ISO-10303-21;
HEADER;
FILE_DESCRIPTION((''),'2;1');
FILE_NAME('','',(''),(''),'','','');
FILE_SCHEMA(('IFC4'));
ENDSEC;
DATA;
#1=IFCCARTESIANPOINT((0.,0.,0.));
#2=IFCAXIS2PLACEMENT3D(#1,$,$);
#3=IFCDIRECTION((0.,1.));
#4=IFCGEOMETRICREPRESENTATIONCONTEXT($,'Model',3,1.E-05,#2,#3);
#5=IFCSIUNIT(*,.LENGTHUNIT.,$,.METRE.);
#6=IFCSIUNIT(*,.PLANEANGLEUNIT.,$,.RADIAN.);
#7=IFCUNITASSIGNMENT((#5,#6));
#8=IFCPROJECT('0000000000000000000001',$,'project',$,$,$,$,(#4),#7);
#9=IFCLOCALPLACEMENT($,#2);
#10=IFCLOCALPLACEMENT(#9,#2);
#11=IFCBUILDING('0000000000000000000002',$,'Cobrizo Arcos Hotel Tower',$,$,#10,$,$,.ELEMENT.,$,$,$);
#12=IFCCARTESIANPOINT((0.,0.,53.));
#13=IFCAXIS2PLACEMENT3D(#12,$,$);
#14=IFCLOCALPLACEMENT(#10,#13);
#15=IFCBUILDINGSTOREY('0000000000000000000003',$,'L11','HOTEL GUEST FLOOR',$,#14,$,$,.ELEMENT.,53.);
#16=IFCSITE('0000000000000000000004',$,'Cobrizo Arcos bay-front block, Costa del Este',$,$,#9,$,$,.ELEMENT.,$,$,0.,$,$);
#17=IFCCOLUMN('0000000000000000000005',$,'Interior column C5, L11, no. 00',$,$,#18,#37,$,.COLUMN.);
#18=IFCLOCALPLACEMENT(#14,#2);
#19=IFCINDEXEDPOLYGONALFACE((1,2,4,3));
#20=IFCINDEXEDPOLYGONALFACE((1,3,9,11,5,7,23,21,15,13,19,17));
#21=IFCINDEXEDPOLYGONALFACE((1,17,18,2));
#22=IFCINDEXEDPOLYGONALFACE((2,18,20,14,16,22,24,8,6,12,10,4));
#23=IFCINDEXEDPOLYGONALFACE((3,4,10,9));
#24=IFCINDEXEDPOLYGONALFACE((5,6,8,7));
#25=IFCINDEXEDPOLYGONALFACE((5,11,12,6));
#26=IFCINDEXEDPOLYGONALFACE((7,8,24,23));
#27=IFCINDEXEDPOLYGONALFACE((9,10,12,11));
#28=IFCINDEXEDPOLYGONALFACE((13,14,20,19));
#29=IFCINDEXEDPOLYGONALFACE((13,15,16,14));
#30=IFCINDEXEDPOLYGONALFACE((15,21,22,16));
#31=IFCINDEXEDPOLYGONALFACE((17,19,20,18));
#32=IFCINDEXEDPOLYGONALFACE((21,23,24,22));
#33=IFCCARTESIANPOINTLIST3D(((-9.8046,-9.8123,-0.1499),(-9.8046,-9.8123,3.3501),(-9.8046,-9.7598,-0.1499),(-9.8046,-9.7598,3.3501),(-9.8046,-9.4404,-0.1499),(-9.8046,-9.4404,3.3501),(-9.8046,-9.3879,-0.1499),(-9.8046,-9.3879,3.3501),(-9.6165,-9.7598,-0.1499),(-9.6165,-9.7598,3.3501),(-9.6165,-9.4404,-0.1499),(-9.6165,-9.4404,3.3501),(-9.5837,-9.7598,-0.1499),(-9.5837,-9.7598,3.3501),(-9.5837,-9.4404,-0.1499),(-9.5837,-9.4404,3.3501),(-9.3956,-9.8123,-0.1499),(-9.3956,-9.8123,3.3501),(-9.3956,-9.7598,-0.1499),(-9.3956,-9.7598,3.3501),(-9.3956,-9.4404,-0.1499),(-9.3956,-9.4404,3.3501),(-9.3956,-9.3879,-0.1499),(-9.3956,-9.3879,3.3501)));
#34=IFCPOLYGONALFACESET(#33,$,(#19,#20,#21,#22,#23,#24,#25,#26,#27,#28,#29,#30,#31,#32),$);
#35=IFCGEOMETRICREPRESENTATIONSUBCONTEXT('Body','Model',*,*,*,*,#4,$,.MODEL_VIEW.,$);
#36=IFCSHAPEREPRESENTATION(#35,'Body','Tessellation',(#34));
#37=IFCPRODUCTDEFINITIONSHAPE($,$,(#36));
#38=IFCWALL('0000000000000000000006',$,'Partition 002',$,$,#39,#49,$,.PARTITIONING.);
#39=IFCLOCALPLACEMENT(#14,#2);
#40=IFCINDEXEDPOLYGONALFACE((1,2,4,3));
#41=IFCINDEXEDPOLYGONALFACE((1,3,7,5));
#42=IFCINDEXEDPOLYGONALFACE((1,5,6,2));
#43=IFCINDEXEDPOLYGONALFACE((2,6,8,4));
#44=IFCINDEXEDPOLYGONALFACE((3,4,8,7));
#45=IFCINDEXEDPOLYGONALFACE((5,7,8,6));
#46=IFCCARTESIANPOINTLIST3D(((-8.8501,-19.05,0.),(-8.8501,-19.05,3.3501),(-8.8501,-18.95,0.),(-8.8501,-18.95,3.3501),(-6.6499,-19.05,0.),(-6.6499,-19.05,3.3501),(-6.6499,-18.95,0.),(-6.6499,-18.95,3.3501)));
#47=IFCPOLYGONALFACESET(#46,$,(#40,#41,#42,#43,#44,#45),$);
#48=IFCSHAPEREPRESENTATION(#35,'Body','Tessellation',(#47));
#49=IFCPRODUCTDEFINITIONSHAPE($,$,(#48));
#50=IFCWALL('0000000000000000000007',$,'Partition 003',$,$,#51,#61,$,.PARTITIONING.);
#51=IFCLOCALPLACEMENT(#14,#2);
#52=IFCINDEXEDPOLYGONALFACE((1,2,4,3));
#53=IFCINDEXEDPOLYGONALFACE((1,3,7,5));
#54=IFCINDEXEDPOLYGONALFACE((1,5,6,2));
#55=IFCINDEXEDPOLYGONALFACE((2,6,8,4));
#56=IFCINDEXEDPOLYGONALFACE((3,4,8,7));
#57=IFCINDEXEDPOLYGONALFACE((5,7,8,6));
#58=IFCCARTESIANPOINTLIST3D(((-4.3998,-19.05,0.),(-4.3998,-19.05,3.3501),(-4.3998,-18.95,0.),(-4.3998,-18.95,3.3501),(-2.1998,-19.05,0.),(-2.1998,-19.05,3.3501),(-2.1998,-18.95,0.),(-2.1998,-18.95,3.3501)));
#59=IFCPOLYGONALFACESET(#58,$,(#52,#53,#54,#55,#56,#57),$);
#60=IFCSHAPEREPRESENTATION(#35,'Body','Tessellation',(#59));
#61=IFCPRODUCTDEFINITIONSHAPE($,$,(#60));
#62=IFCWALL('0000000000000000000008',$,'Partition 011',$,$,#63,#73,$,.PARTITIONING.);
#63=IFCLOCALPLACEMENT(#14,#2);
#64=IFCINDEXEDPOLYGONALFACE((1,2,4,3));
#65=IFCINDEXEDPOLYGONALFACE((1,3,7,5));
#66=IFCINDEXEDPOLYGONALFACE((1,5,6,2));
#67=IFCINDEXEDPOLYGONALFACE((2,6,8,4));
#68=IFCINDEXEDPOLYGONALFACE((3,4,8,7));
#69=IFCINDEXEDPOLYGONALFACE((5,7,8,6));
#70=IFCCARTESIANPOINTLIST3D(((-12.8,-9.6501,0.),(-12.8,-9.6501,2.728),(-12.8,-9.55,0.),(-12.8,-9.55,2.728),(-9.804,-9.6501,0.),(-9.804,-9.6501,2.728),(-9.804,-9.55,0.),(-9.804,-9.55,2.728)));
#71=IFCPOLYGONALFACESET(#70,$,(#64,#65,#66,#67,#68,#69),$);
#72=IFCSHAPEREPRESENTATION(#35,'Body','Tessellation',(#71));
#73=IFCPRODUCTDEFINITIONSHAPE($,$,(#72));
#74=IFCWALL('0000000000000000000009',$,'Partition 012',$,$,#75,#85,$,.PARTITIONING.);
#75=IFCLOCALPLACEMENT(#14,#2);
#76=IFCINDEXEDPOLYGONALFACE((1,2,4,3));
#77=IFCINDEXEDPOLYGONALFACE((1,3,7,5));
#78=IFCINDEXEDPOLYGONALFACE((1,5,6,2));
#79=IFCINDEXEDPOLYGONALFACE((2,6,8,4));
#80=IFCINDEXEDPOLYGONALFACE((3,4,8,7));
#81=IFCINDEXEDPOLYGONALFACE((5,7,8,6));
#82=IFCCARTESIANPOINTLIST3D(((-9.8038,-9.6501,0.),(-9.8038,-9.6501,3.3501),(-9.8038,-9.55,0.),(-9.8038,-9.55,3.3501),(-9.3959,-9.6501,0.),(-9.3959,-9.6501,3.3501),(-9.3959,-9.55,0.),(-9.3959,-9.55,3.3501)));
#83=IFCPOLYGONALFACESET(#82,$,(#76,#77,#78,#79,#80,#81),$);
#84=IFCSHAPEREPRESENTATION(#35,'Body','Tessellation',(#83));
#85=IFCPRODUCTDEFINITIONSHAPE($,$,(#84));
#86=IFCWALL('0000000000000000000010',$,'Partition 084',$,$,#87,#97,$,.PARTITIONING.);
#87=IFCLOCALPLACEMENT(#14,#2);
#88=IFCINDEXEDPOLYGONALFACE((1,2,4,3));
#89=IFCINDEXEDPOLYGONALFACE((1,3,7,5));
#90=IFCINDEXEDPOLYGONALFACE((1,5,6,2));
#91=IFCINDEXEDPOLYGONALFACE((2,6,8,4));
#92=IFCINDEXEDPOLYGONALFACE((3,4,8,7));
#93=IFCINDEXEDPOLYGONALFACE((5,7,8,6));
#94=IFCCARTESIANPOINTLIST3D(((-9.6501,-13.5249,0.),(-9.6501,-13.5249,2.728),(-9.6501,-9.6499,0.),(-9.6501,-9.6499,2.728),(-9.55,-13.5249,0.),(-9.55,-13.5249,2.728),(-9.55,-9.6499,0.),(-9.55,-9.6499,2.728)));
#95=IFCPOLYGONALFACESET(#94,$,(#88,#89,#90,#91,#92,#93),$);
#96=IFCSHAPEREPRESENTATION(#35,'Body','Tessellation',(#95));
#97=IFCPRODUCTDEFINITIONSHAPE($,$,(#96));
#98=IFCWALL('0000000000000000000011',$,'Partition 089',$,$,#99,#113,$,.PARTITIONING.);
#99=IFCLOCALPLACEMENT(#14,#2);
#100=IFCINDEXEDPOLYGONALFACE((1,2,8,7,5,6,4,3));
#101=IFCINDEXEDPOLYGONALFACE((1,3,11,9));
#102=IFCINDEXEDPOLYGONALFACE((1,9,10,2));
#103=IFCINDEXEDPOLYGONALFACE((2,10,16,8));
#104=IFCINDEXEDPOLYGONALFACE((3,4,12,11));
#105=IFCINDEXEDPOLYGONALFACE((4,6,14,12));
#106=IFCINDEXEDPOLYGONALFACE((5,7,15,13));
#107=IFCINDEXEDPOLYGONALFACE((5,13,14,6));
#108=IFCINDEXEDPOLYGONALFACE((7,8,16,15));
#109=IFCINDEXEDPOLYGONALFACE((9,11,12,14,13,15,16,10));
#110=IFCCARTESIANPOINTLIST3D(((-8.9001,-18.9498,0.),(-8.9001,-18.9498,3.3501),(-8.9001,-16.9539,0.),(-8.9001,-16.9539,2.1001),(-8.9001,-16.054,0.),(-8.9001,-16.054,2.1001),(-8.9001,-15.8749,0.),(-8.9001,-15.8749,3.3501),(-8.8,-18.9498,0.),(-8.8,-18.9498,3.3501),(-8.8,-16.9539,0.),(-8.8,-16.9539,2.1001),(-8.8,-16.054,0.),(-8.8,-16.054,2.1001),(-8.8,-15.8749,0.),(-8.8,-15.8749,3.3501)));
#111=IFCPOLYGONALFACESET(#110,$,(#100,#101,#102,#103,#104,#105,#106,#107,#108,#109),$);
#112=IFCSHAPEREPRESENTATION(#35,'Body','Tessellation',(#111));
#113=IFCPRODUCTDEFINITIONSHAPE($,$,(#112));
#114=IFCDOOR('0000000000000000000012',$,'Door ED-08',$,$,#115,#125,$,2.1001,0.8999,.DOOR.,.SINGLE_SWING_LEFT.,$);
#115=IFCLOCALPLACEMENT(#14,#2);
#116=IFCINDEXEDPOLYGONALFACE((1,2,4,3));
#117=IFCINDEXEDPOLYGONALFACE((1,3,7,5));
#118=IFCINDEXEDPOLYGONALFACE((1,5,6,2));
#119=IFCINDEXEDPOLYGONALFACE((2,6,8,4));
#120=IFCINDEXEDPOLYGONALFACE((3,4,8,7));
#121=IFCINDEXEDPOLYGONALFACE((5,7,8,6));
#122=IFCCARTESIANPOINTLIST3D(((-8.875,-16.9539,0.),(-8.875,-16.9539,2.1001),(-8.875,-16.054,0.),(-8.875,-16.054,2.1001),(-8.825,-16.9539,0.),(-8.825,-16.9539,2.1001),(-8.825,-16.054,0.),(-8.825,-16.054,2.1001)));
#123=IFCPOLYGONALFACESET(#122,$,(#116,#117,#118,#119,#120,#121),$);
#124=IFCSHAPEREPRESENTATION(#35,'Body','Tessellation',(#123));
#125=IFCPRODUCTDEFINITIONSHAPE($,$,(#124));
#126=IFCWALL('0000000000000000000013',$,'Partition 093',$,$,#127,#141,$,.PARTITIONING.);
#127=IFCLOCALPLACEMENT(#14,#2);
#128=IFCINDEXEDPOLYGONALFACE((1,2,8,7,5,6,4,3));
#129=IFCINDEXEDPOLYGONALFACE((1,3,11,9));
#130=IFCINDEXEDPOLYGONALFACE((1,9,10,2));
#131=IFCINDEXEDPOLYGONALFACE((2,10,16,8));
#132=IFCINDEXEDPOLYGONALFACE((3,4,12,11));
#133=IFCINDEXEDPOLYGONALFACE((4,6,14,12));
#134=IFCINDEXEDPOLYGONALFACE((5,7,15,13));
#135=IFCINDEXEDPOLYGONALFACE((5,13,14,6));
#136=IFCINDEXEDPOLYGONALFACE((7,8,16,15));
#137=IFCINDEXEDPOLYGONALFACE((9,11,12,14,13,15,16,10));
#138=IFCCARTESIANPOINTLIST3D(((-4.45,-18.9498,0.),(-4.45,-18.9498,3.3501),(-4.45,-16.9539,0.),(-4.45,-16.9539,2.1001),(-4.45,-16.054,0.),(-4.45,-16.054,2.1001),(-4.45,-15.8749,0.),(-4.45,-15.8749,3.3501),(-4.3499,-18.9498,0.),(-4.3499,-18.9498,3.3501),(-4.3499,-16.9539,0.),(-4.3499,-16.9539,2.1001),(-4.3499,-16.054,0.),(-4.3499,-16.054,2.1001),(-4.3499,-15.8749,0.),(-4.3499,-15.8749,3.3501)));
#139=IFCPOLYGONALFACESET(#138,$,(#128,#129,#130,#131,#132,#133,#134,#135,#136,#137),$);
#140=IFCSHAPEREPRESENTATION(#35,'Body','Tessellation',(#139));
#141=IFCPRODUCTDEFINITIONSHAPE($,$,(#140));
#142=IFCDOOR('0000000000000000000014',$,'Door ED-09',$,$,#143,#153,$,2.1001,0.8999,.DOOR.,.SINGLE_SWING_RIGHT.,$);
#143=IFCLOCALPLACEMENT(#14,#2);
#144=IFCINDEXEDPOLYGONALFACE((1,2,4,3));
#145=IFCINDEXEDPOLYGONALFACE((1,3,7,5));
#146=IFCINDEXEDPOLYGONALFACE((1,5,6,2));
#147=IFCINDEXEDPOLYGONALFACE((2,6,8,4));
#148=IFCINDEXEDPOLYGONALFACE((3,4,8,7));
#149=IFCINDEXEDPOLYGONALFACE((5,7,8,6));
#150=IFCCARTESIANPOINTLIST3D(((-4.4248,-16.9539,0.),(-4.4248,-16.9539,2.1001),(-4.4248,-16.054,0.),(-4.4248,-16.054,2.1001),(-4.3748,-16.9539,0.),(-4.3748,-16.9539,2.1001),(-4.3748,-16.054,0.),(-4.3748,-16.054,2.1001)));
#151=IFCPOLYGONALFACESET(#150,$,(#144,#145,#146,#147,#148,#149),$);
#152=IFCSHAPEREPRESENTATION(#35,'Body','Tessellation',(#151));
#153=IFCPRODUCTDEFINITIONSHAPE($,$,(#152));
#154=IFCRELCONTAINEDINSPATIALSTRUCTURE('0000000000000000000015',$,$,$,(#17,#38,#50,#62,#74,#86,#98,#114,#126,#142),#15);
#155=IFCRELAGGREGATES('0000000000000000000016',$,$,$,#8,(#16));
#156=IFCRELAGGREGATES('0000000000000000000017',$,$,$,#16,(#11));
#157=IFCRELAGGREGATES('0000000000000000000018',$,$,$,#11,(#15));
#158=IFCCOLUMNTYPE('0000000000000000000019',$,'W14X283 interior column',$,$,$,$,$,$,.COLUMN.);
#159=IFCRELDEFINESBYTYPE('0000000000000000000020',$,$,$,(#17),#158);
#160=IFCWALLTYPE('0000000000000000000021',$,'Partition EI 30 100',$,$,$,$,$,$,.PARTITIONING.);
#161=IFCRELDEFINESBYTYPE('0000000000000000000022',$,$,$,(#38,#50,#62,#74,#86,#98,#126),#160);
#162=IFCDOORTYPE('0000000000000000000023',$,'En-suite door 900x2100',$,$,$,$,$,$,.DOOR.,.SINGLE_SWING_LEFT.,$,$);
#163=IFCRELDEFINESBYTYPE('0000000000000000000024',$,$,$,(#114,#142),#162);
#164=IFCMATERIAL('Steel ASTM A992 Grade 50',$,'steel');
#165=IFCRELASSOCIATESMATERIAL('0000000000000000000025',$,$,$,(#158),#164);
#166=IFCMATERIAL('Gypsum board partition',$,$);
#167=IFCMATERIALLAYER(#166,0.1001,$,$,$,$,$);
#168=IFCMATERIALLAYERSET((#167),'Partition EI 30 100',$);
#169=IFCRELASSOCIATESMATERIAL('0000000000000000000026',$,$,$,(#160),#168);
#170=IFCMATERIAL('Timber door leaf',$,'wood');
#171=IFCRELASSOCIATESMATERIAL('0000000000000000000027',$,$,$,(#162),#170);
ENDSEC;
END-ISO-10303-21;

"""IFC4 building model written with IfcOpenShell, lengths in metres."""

from ifc_helpers import new_model, si_unit, direction, frame, frame_2d, origin, origin_2d, place, context, subcontext, project, spatial, rectangle, i_section, extrude, material, layer, layer_set, material_profile, profile_set, type_object, element, fill, save


model = new_model("IFC4")

# Units and contexts
model_context = context("Model", 3, precision=1e-05, world=origin(), true_north=direction((0.0, 1.0)))
body_context = subcontext(model_context, "Body", "Model", "MODEL_VIEW")
ifc_project = project(units=[si_unit("LENGTHUNIT", "METRE"), si_unit("PLANEANGLEUNIT", "RADIAN")], contexts=[model_context])

# Site, building, storey
site_placement = place(None, origin())
site = spatial("IfcSite", under=ifc_project, at=site_placement, Name="Cobrizo Arcos bay-front block, Costa del Este", CompositionType="ELEMENT", RefElevation=0.0)
building_placement = place(site_placement, origin())
building = spatial("IfcBuilding", under=site, at=building_placement, Name="Cobrizo Arcos Hotel Tower", CompositionType="ELEMENT")
storey_placement = place(building_placement, frame((0.0, 0.0, 53.0)))
storey = spatial("IfcBuildingStorey", under=building, at=storey_placement, Name="L11", Description="HOTEL GUEST FLOOR", CompositionType="ELEMENT", Elevation=53.0)

# Column
ifc_material_1 = material(Name="Steel ASTM A992 Grade 50", Category="steel")
ifc_material_profile = material_profile(ifc_material_1, i_section(OverallWidth=0.4089, OverallDepth=0.4243, WebThickness=0.0327, FlangeThickness=0.0525, at=origin_2d()), Name="W14X283")
ifc_profile_set = profile_set([ifc_material_profile], Name="Steel ASTM A992 Grade 50")
column_type = type_object("IfcColumnType", Name="W14X283 interior column", PredefinedType="COLUMN", material=ifc_profile_set)
column_placement = place(storey_placement, frame((-9.6001, -9.6001, -0.1499), z_axis=(0.0, 0.0, 1.0), x_axis=(1.0, 0.0, 0.0)))
element("IfcColumn", 1, at=column_placement, inside=storey, type_object=column_type, Name="Interior column C5, L11, no. 00", PredefinedType="COLUMN", context=body_context, shape_type="SweptSolid", body=[
    extrude(i_section(OverallWidth=0.4089, OverallDepth=0.4243, WebThickness=0.0327, FlangeThickness=0.0525, at=origin_2d()), origin(), (0.0, 0.0, 1.0), 3.5),
])

# Walls
ifc_material_2 = material(Name="Gypsum board partition")
ifc_layer = layer(ifc_material_2, 0.1001)
ifc_layer_set = layer_set([ifc_layer], Name="Partition EI 30 100")
wall_type = type_object("IfcWallType", Name="Partition EI 30 100", PredefinedType="PARTITIONING", material=ifc_layer_set)
wall_1_placement = place(storey_placement, frame((-8.8501, -19.0, 0.0), z_axis=(0.0, 0.0, 1.0), x_axis=(1.0, 0.0, 0.0)))
element("IfcWall", 2, at=wall_1_placement, inside=storey, type_object=wall_type, Name="Partition 002", PredefinedType="PARTITIONING", context=body_context, shape_type="SweptSolid", body=[
    extrude(rectangle(XDim=2.2002, YDim=0.1001, at=frame_2d((1.1001, 0.0))), origin(), (0.0, 0.0, 1.0), 3.3501),
])
wall_2_placement = place(storey_placement, frame((-4.3999, -19.0, 0.0), z_axis=(0.0, 0.0, 1.0), x_axis=(1.0, 0.0, 0.0)))
element("IfcWall", 3, at=wall_2_placement, inside=storey, type_object=wall_type, Name="Partition 003", PredefinedType="PARTITIONING", context=body_context, shape_type="SweptSolid", body=[
    extrude(rectangle(XDim=2.2, YDim=0.1001, at=frame_2d((1.1001, 0.0))), origin(), (0.0, 0.0, 1.0), 3.3501),
])
wall_3_placement = place(storey_placement, frame((-12.8, -9.6001, 0.0), z_axis=(0.0, 0.0, 1.0), x_axis=(1.0, 0.0, 0.0)))
element("IfcWall", 4, at=wall_3_placement, inside=storey, type_object=wall_type, Name="Partition 011", PredefinedType="PARTITIONING", context=body_context, shape_type="SweptSolid", body=[
    extrude(rectangle(XDim=2.9961, YDim=0.1001, at=frame_2d((1.498, 0.0))), origin(), (0.0, 0.0, 1.0), 2.728),
])
wall_4_placement = place(storey_placement, frame((-9.804, -9.6001, 0.0), z_axis=(0.0, 0.0, 1.0), x_axis=(1.0, 0.0, 0.0)))
element("IfcWall", 5, at=wall_4_placement, inside=storey, type_object=wall_type, Name="Partition 012", PredefinedType="PARTITIONING", context=body_context, shape_type="SweptSolid", body=[
    extrude(rectangle(XDim=0.408, YDim=0.1001, at=frame_2d((0.2041, 0.0))), origin(), (0.0, 0.0, 1.0), 3.3501),
])
wall_5_placement = place(storey_placement, frame((-9.6001, -13.5249, 0.0), z_axis=(0.0, 0.0, 1.0), x_axis=(0.0, 1.0, 0.0)))
element("IfcWall", 6, at=wall_5_placement, inside=storey, type_object=wall_type, Name="Partition 084", PredefinedType="PARTITIONING", context=body_context, shape_type="SweptSolid", body=[
    extrude(rectangle(XDim=3.875, YDim=0.1001, at=frame_2d((1.9375, 0.0))), origin(), (0.0, 0.0, 1.0), 2.728),
])

# Walls, openings, doors
wall_6_placement = place(storey_placement, frame((-8.8501, -18.95, 0.0), z_axis=(0.0, 0.0, 1.0), x_axis=(0.0, 1.0, 0.0)))
wall_6 = element("IfcWall", 7, at=wall_6_placement, inside=storey, type_object=wall_type, Name="Partition 089", PredefinedType="PARTITIONING", context=body_context, shape_type="SweptSolid", body=[
    extrude(rectangle(XDim=3.075, YDim=0.1001, at=frame_2d((1.5376, 0.0))), origin(), (0.0, 0.0, 1.0), 3.3501),
])
opening_1_placement = place(wall_6_placement, frame((1.9961, 0.0, 0.0)))
opening_1 = element("IfcOpeningElement", 8, at=opening_1_placement, cuts=wall_6, PredefinedType="OPENING", context=body_context, shape_type="SweptSolid", body=[
    extrude(rectangle(XDim=0.8999, YDim=2.1001, at=frame_2d((0.45, 1.05))), frame((0.0, 0.062, 0.0), z_axis=(0.0, -1.0, 0.0), x_axis=(1.0, 0.0, 0.0)), (0.0, 0.0, 1.0), 0.124),
])
ifc_material_3 = material(Name="Timber door leaf", Category="wood")
door_type = type_object("IfcDoorType", Name="En-suite door 900x2100", OperationType="SINGLE_SWING_LEFT", PredefinedType="DOOR", material=ifc_material_3)
door_1_placement = place(opening_1_placement, origin())
door_1 = element("IfcDoor", 9, at=door_1_placement, inside=storey, type_object=door_type, Name="Door ED-08", OperationType="SINGLE_SWING_LEFT", OverallHeight=2.1001, OverallWidth=0.8999, PredefinedType="DOOR", context=body_context, shape_type="SweptSolid", body=[
    extrude(rectangle(XDim=0.8999, YDim=2.1001, at=frame_2d((0.45, 1.05))), frame((0.0, 0.0249, 0.0), z_axis=(0.0, -1.0, 0.0), x_axis=(1.0, 0.0, 0.0)), (0.0, 0.0, 1.0), 0.05),
])
fill(opening_1, door_1)
wall_7_placement = place(storey_placement, frame((-4.3999, -18.95, 0.0), z_axis=(0.0, 0.0, 1.0), x_axis=(0.0, 1.0, 0.0)))
wall_7 = element("IfcWall", 10, at=wall_7_placement, inside=storey, type_object=wall_type, Name="Partition 093", PredefinedType="PARTITIONING", context=body_context, shape_type="SweptSolid", body=[
    extrude(rectangle(XDim=3.075, YDim=0.1001, at=frame_2d((1.5376, 0.0))), origin(), (0.0, 0.0, 1.0), 3.3501),
])
opening_2_placement = place(wall_7_placement, frame((1.9961, 0.0, 0.0)))
opening_2 = element("IfcOpeningElement", 11, at=opening_2_placement, cuts=wall_7, PredefinedType="OPENING", context=body_context, shape_type="SweptSolid", body=[
    extrude(rectangle(XDim=0.8999, YDim=2.1001, at=frame_2d((0.45, 1.05))), frame((0.0, 0.062, 0.0), z_axis=(0.0, -1.0, 0.0), x_axis=(1.0, 0.0, 0.0)), (0.0, 0.0, 1.0), 0.124),
])
door_2_placement = place(opening_2_placement, origin())
door_2 = element("IfcDoor", 12, at=door_2_placement, inside=storey, type_object=door_type, Name="Door ED-09", OperationType="SINGLE_SWING_RIGHT", OverallHeight=2.1001, OverallWidth=0.8999, PredefinedType="DOOR", context=body_context, shape_type="SweptSolid", body=[
    extrude(rectangle(XDim=0.8999, YDim=2.1001, at=frame_2d((0.45, 1.05))), frame((0.0, 0.0249, 0.0), z_axis=(0.0, -1.0, 0.0), x_axis=(1.0, 0.0, 0.0)), (0.0, 0.0, 1.0), 0.05),
])
fill(opening_2, door_2)

save(model, "model.ifc")
